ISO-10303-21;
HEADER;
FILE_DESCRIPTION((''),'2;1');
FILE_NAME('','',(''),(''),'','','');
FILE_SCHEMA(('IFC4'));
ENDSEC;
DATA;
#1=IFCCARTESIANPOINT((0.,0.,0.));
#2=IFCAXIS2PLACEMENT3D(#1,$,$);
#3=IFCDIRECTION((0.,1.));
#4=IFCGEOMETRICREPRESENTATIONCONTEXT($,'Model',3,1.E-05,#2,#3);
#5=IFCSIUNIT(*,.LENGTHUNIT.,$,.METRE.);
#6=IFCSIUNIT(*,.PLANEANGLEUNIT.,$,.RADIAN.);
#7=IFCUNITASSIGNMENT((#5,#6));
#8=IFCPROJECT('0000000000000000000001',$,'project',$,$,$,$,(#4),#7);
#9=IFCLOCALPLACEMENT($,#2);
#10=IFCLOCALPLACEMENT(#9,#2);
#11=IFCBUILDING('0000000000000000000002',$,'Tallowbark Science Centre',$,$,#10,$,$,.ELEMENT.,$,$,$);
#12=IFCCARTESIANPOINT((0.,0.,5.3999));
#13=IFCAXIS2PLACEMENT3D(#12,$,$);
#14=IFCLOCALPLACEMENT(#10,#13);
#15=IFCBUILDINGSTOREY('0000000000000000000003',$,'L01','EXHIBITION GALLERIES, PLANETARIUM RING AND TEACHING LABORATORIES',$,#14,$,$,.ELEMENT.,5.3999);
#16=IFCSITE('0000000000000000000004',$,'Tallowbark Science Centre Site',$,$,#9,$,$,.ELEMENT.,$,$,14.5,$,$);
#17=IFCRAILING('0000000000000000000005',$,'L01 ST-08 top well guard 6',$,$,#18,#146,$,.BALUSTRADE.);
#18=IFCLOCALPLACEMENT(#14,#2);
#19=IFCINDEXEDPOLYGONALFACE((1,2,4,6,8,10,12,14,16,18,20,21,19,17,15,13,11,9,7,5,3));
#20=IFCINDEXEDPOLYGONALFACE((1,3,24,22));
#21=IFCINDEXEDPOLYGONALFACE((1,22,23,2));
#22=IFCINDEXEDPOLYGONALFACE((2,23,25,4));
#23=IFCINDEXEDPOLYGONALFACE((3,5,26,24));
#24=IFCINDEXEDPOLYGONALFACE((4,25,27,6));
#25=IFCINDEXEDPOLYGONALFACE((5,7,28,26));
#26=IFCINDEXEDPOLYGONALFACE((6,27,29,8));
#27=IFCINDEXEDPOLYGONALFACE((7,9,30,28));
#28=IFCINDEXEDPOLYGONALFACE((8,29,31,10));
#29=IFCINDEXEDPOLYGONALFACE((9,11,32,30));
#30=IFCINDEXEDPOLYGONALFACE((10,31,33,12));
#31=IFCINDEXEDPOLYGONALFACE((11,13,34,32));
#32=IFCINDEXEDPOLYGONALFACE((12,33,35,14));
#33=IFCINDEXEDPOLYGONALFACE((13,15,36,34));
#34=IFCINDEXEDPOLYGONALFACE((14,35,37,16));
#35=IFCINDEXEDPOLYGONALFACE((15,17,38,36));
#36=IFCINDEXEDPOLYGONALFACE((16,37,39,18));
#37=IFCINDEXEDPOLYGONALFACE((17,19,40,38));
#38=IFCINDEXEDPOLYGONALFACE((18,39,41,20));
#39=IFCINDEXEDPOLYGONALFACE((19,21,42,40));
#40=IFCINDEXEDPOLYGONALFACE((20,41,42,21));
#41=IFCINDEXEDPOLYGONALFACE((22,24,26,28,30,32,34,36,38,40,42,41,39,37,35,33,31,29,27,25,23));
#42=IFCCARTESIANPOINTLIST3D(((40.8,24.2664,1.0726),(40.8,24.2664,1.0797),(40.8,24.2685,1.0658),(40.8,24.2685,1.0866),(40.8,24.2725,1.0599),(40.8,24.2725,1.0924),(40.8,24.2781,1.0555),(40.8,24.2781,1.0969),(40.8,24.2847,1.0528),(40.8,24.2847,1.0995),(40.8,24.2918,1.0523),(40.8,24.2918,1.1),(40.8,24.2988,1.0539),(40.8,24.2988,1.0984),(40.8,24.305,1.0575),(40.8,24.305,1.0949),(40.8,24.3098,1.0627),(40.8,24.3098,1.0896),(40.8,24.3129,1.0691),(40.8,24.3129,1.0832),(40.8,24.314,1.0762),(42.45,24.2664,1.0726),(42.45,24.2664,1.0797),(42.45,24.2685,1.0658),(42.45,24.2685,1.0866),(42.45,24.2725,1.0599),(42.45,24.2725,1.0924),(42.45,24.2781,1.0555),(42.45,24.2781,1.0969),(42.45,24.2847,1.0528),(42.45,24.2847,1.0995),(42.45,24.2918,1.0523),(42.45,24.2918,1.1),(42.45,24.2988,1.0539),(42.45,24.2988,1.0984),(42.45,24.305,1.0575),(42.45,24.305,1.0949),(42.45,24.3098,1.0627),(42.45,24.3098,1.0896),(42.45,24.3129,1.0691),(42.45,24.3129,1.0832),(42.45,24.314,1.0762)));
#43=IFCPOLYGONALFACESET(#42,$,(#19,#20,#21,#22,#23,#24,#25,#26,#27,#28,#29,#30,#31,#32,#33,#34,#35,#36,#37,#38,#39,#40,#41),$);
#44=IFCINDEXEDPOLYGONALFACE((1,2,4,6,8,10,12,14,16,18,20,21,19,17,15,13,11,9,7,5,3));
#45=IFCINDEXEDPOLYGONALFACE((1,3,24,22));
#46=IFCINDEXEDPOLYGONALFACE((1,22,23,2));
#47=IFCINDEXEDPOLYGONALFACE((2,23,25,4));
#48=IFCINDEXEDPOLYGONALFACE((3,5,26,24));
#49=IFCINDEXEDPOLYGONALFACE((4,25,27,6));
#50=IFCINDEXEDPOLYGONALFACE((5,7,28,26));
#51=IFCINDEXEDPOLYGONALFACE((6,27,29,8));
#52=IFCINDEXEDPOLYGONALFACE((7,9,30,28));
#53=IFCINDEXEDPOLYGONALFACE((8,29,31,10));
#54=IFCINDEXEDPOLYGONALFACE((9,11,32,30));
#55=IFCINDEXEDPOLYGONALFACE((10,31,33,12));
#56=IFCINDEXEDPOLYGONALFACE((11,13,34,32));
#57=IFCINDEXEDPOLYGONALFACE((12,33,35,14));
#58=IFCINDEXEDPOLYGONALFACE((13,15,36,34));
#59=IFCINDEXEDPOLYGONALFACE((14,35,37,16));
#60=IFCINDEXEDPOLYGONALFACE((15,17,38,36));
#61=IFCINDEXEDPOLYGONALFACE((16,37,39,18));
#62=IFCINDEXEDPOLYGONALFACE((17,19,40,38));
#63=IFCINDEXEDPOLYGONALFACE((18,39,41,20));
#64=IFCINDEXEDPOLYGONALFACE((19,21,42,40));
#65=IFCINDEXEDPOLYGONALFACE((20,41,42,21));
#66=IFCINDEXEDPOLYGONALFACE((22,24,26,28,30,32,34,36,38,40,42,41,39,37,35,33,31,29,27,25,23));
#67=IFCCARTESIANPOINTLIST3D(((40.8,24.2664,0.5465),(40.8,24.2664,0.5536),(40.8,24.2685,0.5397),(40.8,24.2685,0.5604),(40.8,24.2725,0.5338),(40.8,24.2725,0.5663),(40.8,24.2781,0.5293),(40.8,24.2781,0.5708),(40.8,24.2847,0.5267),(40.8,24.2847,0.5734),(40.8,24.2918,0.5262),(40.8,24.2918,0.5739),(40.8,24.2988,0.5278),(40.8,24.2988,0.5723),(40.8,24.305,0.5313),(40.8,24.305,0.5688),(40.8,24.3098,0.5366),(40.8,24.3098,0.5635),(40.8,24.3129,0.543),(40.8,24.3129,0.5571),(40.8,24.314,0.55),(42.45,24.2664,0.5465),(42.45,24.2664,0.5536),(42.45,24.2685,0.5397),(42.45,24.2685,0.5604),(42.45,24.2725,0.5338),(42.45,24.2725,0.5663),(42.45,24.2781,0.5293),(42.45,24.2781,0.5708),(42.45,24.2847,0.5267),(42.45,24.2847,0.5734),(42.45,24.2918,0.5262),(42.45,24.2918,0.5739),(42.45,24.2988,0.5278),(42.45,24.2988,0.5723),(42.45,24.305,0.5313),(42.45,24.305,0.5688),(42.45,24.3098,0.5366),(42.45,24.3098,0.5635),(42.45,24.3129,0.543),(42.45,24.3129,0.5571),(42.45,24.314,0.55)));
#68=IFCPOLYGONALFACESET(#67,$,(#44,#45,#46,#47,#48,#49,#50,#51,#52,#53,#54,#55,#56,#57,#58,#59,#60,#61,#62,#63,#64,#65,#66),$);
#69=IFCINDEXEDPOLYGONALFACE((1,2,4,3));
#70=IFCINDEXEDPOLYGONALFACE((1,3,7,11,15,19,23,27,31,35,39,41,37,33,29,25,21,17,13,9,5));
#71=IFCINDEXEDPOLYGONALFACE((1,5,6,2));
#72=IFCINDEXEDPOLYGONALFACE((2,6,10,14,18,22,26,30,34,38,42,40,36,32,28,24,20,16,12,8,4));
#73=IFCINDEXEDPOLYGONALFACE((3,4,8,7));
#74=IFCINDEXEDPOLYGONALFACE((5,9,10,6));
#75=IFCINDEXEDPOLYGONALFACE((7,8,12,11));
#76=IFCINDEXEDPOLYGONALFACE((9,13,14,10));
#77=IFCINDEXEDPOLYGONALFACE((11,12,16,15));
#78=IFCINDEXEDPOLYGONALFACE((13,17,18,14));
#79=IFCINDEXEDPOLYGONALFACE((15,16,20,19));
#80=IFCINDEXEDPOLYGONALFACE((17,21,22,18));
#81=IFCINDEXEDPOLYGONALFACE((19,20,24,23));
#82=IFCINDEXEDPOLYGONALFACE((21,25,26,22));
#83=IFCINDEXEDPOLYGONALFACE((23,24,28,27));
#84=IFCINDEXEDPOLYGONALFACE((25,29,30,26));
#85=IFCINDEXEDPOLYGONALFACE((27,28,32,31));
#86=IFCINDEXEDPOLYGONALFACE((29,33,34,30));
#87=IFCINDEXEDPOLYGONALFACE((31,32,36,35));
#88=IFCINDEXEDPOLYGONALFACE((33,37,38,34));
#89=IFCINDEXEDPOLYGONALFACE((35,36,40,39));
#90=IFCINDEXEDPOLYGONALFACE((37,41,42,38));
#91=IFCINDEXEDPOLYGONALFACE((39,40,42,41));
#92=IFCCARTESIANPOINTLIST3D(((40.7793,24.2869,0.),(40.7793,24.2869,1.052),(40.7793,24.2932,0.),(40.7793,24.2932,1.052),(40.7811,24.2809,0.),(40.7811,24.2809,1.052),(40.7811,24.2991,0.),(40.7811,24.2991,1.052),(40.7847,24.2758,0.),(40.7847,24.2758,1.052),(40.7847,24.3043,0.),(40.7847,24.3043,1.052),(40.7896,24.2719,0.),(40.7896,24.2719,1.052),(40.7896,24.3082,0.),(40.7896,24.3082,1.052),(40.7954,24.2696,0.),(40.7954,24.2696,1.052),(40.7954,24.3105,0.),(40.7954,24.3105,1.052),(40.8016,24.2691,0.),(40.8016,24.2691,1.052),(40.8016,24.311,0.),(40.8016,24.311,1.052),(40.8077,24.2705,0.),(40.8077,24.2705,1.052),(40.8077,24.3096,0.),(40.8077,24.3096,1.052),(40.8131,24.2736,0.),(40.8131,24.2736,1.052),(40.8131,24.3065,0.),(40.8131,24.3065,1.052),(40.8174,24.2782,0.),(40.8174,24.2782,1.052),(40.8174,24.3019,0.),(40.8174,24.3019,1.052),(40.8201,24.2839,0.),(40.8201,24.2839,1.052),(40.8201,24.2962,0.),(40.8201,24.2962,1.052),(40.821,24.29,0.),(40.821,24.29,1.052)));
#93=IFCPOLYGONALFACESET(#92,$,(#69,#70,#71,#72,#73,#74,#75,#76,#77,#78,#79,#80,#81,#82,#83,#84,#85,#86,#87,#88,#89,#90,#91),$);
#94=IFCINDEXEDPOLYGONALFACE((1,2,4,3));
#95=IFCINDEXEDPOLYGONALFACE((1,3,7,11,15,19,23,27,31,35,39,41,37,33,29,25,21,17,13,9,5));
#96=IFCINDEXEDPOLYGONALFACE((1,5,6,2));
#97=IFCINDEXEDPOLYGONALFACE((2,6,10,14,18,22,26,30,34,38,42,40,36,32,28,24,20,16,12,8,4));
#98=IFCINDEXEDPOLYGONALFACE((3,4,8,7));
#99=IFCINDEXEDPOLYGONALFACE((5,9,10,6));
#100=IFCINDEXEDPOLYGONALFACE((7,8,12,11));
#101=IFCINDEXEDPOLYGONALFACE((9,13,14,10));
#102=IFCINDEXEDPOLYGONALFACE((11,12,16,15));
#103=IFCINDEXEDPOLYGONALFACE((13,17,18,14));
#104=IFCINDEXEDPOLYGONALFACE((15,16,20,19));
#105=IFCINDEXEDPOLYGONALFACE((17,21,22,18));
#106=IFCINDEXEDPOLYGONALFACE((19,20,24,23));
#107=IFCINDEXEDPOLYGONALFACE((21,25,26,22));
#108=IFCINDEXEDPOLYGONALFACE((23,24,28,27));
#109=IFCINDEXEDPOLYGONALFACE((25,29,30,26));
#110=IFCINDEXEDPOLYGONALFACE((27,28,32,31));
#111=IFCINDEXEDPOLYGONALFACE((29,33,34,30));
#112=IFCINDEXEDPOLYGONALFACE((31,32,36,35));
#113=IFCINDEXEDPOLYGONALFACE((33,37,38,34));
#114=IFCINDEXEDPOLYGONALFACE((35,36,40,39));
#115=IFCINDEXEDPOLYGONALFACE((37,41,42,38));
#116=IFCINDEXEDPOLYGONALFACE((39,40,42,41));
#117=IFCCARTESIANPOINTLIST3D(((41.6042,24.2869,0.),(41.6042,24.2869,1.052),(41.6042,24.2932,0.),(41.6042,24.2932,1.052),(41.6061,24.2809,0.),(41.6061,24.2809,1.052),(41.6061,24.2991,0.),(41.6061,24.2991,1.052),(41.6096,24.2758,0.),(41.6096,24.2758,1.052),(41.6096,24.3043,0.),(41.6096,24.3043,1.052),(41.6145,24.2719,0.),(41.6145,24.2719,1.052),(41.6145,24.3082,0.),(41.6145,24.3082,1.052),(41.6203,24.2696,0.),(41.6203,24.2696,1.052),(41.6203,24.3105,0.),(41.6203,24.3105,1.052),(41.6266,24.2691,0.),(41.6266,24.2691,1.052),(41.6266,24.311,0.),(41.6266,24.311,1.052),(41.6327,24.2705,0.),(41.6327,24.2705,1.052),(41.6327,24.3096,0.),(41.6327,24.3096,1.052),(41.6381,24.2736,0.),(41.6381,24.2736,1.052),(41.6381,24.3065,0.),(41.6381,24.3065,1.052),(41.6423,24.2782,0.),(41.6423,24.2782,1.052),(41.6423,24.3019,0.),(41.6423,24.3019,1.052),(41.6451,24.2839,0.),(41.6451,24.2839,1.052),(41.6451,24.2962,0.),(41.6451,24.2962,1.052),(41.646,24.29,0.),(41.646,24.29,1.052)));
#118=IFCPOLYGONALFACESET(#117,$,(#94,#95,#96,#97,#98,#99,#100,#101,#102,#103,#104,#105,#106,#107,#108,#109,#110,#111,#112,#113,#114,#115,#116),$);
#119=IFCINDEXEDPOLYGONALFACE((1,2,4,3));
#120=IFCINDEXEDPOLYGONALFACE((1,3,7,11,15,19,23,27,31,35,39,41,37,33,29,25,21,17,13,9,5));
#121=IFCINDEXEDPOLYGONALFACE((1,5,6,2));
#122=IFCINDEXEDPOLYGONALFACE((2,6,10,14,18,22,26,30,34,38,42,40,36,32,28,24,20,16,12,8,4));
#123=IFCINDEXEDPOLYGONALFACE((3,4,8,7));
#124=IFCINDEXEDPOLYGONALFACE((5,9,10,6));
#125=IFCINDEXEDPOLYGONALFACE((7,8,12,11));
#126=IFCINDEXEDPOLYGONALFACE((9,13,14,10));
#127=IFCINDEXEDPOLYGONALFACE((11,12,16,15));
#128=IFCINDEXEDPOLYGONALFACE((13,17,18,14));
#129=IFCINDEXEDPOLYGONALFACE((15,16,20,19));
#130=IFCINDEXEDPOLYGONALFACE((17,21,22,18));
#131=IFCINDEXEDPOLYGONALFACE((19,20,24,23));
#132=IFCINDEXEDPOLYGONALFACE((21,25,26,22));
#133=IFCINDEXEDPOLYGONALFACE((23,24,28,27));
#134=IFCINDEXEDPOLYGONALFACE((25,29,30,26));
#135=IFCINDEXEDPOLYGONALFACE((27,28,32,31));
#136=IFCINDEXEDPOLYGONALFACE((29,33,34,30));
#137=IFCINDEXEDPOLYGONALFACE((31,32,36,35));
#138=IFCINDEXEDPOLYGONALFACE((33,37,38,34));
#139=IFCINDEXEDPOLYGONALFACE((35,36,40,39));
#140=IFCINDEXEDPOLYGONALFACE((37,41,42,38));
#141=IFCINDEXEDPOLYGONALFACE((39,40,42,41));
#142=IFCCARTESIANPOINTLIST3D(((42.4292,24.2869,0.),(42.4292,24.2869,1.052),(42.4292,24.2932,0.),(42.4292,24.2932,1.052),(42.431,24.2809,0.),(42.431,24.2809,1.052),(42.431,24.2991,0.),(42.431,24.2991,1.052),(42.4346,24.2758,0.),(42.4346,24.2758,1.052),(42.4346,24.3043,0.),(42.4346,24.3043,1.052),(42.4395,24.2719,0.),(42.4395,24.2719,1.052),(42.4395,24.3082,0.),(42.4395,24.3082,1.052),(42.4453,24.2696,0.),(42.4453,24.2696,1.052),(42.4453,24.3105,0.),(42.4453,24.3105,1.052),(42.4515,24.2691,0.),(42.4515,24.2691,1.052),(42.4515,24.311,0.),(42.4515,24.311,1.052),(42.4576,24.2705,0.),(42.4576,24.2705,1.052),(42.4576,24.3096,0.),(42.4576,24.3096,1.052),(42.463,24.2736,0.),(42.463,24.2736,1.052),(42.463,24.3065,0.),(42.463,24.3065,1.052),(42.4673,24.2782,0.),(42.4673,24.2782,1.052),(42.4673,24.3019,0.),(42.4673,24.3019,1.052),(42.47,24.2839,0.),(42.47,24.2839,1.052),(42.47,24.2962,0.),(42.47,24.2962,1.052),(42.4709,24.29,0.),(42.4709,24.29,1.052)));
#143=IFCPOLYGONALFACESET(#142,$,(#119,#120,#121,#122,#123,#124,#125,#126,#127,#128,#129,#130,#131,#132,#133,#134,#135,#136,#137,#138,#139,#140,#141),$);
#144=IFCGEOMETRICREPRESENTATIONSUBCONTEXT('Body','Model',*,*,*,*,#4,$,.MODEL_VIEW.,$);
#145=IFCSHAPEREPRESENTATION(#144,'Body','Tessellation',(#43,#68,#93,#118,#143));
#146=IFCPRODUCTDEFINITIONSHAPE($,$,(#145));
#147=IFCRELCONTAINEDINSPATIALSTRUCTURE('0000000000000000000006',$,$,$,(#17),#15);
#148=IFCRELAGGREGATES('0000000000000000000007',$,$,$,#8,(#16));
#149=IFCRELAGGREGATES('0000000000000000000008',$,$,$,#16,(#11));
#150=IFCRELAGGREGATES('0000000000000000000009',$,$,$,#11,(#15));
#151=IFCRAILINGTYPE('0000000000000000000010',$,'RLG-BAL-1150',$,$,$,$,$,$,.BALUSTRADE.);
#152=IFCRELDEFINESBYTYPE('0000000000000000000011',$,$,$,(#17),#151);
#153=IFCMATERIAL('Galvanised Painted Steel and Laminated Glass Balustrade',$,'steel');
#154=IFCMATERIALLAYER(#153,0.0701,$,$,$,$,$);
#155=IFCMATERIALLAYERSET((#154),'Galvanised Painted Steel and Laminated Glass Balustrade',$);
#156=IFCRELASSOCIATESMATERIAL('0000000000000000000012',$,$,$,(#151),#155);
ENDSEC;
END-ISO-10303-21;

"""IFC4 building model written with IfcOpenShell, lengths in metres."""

from ifc_helpers import new_model, si_unit, direction, frame, origin, origin_2d, place, context, subcontext, project, spatial, circle, extrude, material, layer, layer_set, type_object, element, save


model = new_model("IFC4")

# Units and contexts
model_context = context("Model", 3, precision=1e-05, world=origin(), true_north=direction((0.0, 1.0)))
body_context = subcontext(model_context, "Body", "Model", "MODEL_VIEW")
ifc_project = project(units=[si_unit("LENGTHUNIT", "METRE"), si_unit("PLANEANGLEUNIT", "RADIAN")], contexts=[model_context])

# Site, building, storey
site_placement = place(None, origin())
site = spatial("IfcSite", under=ifc_project, at=site_placement, Name="Tallowbark Science Centre Site", CompositionType="ELEMENT", RefElevation=14.5)
building_placement = place(site_placement, origin())
building = spatial("IfcBuilding", under=site, at=building_placement, Name="Tallowbark Science Centre", CompositionType="ELEMENT")
storey_placement = place(building_placement, frame((0.0, 0.0, 5.3999)))
storey = spatial("IfcBuildingStorey", under=building, at=storey_placement, Name="L01", Description="EXHIBITION GALLERIES, PLANETARIUM RING AND TEACHING LABORATORIES", CompositionType="ELEMENT", Elevation=5.3999)

# Railing
ifc_material_1 = material(Name="Galvanised Painted Steel and Laminated Glass Balustrade", Category="steel")
ifc_layer_1 = layer(ifc_material_1, 0.0701)
ifc_layer_set_1 = layer_set([ifc_layer_1], Name="Galvanised Painted Steel and Laminated Glass Balustrade")
railing_type = type_object("IfcRailingType", Name="RLG-BAL-1150", PredefinedType="BALUSTRADE", material=ifc_layer_set_1)
railing_1_placement = place(storey_placement, frame((40.8, 24.29, 0.0)))
element("IfcRailing", 1, at=railing_1_placement, inside=storey, type_object=railing_type, Name="L01 ST-08 top well guard 6", PredefinedType="BALUSTRADE", context=body_context, shape_type="SweptSolid", body=[
    extrude(circle(Radius=0.0239, at=origin_2d()), frame((0.0, 0.0, 1.0762), z_axis=(1.0, 0.0, 0.0), x_axis=(0.0, 1.0, 0.0)), (0.0, 0.0, 1.0), 1.6499),
    extrude(circle(Radius=0.0239, at=origin_2d()), frame((0.0, 0.0, 0.55), z_axis=(1.0, 0.0, 0.0), x_axis=(0.0, 1.0, 0.0)), (0.0, 0.0, 1.0), 1.6499),
    extrude(circle(Radius=0.021, at=origin_2d()), origin(), (0.0, 0.0, 1.0), 1.052),
    extrude(circle(Radius=0.021, at=origin_2d()), frame((0.825, 0.0, 0.0)), (0.0, 0.0, 1.0), 1.052),
    extrude(circle(Radius=0.021, at=origin_2d()), frame((1.6499, 0.0, 0.0)), (0.0, 0.0, 1.0), 1.052),
])

save(model, "model.ifc")
